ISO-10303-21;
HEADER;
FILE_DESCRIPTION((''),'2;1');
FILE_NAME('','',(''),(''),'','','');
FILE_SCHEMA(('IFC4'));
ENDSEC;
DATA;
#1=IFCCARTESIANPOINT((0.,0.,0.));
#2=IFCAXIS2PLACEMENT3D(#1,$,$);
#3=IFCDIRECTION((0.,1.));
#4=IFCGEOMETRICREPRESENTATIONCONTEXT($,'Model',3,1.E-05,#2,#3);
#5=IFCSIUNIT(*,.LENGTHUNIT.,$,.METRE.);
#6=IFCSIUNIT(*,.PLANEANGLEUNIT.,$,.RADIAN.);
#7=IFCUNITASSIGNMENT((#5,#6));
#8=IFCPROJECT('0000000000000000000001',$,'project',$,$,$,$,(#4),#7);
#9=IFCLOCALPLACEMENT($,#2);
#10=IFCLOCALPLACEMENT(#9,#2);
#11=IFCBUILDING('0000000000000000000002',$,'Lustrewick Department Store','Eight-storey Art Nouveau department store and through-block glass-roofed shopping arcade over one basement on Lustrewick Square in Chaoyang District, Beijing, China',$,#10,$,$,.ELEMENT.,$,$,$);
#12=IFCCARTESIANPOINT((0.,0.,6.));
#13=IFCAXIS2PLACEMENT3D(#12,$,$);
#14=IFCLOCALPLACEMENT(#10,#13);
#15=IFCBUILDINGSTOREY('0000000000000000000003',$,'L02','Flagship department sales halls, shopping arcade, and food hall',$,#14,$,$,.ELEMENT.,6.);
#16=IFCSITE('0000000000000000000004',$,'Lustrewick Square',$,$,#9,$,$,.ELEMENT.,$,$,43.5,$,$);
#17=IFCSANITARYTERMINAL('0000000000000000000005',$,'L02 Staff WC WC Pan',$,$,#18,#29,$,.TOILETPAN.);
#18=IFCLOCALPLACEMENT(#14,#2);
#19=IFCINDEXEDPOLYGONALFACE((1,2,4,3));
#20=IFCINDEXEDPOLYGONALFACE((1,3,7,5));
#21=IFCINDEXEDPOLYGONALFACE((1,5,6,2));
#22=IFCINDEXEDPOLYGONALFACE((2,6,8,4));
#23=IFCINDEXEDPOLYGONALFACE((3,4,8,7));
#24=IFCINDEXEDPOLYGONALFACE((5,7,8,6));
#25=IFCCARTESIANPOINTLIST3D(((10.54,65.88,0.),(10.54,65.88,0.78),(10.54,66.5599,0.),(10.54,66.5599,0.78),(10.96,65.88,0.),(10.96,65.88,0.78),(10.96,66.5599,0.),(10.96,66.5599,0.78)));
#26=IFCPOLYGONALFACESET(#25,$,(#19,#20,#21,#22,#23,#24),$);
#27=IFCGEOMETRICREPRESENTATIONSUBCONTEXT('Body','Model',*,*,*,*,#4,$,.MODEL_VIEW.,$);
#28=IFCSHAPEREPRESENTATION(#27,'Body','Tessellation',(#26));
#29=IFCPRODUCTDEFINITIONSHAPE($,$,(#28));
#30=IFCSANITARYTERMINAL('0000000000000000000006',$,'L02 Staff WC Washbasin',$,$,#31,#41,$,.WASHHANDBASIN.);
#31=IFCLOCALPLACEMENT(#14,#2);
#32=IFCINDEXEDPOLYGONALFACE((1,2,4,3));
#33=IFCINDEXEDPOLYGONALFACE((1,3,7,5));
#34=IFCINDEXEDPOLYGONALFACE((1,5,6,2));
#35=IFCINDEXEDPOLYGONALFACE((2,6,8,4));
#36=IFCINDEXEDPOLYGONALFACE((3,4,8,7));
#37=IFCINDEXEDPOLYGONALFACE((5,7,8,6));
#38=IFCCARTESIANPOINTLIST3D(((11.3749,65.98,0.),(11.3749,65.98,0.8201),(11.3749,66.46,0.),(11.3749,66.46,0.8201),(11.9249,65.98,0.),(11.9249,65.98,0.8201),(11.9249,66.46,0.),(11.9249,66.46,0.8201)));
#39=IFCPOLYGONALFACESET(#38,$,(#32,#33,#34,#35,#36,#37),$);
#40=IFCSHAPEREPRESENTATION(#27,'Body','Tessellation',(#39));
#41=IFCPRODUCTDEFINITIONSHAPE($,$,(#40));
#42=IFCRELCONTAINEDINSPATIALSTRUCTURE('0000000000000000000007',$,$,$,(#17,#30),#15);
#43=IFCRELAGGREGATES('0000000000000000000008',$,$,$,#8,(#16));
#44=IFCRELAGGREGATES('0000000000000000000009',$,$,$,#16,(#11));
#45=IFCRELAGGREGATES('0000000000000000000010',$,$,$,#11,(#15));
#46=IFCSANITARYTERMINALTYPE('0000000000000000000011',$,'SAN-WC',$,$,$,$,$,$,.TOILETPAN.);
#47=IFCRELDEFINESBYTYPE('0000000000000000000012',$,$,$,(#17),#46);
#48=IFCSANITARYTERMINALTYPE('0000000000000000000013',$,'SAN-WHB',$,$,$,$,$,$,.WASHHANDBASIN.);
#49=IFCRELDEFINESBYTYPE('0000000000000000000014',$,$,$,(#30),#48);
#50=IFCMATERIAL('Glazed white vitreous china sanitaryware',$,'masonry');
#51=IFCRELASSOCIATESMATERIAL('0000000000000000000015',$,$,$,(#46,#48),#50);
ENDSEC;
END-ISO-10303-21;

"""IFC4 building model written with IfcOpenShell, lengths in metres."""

from ifc_helpers import new_model, si_unit, direction, frame, origin, origin_2d, place, context, subcontext, project, spatial, rectangle, extrude, material, type_object, element, save


model = new_model("IFC4")

# Units and contexts
model_context = context("Model", 3, precision=1e-05, world=origin(), true_north=direction((0.0, 1.0)))
body_context = subcontext(model_context, "Body", "Model", "MODEL_VIEW")
ifc_project = project(units=[si_unit("LENGTHUNIT", "METRE"), si_unit("PLANEANGLEUNIT", "RADIAN")], contexts=[model_context])

# Site, building, storey
site_placement = place(None, origin())
site = spatial("IfcSite", under=ifc_project, at=site_placement, Name="Lustrewick Square", CompositionType="ELEMENT", RefElevation=43.5)
building_placement = place(site_placement, origin())
building = spatial("IfcBuilding", under=site, at=building_placement, Name="Lustrewick Department Store", Description="Eight-storey Art Nouveau department store and through-block glass-roofed shopping arcade over one basement on Lustrewick Square in Chaoyang District, Beijing, China", CompositionType="ELEMENT")
storey_placement = place(building_placement, frame((0.0, 0.0, 6.0)))
storey = spatial("IfcBuildingStorey", under=building, at=storey_placement, Name="L02", Description="Flagship department sales halls, shopping arcade, and food hall", CompositionType="ELEMENT", Elevation=6.0)

# Sanitary terminals
ifc_material_1 = material(Name="Glazed white vitreous china sanitaryware", Category="masonry")
sanitary_terminal_type_1 = type_object("IfcSanitaryTerminalType", Name="SAN-WC", PredefinedType="TOILETPAN", material=ifc_material_1)
sanitary_terminal_1_placement = place(storey_placement, frame((10.75, 66.22, 0.0), z_axis=(0.0, 0.0, 1.0), x_axis=(1.0, 0.0, 0.0)))
element("IfcSanitaryTerminal", 1, at=sanitary_terminal_1_placement, inside=storey, type_object=sanitary_terminal_type_1, Name="L02 Staff WC WC Pan", PredefinedType="TOILETPAN", context=body_context, shape_type="SweptSolid", body=[
    extrude(rectangle(XDim=0.4199, YDim=0.6799, at=origin_2d()), origin(), (0.0, 0.0, 1.0), 0.78),
])
sanitary_terminal_type_2 = type_object("IfcSanitaryTerminalType", Name="SAN-WHB", PredefinedType="WASHHANDBASIN", material=ifc_material_1)
sanitary_terminal_2_placement = place(storey_placement, frame((11.6499, 66.22, 0.0), z_axis=(0.0, 0.0, 1.0), x_axis=(1.0, 0.0, 0.0)))
element("IfcSanitaryTerminal", 2, at=sanitary_terminal_2_placement, inside=storey, type_object=sanitary_terminal_type_2, Name="L02 Staff WC Washbasin", PredefinedType="WASHHANDBASIN", context=body_context, shape_type="SweptSolid", body=[
    extrude(rectangle(XDim=0.55, YDim=0.48, at=origin_2d()), origin(), (0.0, 0.0, 1.0), 0.8201),
])

save(model, "model.ifc")
